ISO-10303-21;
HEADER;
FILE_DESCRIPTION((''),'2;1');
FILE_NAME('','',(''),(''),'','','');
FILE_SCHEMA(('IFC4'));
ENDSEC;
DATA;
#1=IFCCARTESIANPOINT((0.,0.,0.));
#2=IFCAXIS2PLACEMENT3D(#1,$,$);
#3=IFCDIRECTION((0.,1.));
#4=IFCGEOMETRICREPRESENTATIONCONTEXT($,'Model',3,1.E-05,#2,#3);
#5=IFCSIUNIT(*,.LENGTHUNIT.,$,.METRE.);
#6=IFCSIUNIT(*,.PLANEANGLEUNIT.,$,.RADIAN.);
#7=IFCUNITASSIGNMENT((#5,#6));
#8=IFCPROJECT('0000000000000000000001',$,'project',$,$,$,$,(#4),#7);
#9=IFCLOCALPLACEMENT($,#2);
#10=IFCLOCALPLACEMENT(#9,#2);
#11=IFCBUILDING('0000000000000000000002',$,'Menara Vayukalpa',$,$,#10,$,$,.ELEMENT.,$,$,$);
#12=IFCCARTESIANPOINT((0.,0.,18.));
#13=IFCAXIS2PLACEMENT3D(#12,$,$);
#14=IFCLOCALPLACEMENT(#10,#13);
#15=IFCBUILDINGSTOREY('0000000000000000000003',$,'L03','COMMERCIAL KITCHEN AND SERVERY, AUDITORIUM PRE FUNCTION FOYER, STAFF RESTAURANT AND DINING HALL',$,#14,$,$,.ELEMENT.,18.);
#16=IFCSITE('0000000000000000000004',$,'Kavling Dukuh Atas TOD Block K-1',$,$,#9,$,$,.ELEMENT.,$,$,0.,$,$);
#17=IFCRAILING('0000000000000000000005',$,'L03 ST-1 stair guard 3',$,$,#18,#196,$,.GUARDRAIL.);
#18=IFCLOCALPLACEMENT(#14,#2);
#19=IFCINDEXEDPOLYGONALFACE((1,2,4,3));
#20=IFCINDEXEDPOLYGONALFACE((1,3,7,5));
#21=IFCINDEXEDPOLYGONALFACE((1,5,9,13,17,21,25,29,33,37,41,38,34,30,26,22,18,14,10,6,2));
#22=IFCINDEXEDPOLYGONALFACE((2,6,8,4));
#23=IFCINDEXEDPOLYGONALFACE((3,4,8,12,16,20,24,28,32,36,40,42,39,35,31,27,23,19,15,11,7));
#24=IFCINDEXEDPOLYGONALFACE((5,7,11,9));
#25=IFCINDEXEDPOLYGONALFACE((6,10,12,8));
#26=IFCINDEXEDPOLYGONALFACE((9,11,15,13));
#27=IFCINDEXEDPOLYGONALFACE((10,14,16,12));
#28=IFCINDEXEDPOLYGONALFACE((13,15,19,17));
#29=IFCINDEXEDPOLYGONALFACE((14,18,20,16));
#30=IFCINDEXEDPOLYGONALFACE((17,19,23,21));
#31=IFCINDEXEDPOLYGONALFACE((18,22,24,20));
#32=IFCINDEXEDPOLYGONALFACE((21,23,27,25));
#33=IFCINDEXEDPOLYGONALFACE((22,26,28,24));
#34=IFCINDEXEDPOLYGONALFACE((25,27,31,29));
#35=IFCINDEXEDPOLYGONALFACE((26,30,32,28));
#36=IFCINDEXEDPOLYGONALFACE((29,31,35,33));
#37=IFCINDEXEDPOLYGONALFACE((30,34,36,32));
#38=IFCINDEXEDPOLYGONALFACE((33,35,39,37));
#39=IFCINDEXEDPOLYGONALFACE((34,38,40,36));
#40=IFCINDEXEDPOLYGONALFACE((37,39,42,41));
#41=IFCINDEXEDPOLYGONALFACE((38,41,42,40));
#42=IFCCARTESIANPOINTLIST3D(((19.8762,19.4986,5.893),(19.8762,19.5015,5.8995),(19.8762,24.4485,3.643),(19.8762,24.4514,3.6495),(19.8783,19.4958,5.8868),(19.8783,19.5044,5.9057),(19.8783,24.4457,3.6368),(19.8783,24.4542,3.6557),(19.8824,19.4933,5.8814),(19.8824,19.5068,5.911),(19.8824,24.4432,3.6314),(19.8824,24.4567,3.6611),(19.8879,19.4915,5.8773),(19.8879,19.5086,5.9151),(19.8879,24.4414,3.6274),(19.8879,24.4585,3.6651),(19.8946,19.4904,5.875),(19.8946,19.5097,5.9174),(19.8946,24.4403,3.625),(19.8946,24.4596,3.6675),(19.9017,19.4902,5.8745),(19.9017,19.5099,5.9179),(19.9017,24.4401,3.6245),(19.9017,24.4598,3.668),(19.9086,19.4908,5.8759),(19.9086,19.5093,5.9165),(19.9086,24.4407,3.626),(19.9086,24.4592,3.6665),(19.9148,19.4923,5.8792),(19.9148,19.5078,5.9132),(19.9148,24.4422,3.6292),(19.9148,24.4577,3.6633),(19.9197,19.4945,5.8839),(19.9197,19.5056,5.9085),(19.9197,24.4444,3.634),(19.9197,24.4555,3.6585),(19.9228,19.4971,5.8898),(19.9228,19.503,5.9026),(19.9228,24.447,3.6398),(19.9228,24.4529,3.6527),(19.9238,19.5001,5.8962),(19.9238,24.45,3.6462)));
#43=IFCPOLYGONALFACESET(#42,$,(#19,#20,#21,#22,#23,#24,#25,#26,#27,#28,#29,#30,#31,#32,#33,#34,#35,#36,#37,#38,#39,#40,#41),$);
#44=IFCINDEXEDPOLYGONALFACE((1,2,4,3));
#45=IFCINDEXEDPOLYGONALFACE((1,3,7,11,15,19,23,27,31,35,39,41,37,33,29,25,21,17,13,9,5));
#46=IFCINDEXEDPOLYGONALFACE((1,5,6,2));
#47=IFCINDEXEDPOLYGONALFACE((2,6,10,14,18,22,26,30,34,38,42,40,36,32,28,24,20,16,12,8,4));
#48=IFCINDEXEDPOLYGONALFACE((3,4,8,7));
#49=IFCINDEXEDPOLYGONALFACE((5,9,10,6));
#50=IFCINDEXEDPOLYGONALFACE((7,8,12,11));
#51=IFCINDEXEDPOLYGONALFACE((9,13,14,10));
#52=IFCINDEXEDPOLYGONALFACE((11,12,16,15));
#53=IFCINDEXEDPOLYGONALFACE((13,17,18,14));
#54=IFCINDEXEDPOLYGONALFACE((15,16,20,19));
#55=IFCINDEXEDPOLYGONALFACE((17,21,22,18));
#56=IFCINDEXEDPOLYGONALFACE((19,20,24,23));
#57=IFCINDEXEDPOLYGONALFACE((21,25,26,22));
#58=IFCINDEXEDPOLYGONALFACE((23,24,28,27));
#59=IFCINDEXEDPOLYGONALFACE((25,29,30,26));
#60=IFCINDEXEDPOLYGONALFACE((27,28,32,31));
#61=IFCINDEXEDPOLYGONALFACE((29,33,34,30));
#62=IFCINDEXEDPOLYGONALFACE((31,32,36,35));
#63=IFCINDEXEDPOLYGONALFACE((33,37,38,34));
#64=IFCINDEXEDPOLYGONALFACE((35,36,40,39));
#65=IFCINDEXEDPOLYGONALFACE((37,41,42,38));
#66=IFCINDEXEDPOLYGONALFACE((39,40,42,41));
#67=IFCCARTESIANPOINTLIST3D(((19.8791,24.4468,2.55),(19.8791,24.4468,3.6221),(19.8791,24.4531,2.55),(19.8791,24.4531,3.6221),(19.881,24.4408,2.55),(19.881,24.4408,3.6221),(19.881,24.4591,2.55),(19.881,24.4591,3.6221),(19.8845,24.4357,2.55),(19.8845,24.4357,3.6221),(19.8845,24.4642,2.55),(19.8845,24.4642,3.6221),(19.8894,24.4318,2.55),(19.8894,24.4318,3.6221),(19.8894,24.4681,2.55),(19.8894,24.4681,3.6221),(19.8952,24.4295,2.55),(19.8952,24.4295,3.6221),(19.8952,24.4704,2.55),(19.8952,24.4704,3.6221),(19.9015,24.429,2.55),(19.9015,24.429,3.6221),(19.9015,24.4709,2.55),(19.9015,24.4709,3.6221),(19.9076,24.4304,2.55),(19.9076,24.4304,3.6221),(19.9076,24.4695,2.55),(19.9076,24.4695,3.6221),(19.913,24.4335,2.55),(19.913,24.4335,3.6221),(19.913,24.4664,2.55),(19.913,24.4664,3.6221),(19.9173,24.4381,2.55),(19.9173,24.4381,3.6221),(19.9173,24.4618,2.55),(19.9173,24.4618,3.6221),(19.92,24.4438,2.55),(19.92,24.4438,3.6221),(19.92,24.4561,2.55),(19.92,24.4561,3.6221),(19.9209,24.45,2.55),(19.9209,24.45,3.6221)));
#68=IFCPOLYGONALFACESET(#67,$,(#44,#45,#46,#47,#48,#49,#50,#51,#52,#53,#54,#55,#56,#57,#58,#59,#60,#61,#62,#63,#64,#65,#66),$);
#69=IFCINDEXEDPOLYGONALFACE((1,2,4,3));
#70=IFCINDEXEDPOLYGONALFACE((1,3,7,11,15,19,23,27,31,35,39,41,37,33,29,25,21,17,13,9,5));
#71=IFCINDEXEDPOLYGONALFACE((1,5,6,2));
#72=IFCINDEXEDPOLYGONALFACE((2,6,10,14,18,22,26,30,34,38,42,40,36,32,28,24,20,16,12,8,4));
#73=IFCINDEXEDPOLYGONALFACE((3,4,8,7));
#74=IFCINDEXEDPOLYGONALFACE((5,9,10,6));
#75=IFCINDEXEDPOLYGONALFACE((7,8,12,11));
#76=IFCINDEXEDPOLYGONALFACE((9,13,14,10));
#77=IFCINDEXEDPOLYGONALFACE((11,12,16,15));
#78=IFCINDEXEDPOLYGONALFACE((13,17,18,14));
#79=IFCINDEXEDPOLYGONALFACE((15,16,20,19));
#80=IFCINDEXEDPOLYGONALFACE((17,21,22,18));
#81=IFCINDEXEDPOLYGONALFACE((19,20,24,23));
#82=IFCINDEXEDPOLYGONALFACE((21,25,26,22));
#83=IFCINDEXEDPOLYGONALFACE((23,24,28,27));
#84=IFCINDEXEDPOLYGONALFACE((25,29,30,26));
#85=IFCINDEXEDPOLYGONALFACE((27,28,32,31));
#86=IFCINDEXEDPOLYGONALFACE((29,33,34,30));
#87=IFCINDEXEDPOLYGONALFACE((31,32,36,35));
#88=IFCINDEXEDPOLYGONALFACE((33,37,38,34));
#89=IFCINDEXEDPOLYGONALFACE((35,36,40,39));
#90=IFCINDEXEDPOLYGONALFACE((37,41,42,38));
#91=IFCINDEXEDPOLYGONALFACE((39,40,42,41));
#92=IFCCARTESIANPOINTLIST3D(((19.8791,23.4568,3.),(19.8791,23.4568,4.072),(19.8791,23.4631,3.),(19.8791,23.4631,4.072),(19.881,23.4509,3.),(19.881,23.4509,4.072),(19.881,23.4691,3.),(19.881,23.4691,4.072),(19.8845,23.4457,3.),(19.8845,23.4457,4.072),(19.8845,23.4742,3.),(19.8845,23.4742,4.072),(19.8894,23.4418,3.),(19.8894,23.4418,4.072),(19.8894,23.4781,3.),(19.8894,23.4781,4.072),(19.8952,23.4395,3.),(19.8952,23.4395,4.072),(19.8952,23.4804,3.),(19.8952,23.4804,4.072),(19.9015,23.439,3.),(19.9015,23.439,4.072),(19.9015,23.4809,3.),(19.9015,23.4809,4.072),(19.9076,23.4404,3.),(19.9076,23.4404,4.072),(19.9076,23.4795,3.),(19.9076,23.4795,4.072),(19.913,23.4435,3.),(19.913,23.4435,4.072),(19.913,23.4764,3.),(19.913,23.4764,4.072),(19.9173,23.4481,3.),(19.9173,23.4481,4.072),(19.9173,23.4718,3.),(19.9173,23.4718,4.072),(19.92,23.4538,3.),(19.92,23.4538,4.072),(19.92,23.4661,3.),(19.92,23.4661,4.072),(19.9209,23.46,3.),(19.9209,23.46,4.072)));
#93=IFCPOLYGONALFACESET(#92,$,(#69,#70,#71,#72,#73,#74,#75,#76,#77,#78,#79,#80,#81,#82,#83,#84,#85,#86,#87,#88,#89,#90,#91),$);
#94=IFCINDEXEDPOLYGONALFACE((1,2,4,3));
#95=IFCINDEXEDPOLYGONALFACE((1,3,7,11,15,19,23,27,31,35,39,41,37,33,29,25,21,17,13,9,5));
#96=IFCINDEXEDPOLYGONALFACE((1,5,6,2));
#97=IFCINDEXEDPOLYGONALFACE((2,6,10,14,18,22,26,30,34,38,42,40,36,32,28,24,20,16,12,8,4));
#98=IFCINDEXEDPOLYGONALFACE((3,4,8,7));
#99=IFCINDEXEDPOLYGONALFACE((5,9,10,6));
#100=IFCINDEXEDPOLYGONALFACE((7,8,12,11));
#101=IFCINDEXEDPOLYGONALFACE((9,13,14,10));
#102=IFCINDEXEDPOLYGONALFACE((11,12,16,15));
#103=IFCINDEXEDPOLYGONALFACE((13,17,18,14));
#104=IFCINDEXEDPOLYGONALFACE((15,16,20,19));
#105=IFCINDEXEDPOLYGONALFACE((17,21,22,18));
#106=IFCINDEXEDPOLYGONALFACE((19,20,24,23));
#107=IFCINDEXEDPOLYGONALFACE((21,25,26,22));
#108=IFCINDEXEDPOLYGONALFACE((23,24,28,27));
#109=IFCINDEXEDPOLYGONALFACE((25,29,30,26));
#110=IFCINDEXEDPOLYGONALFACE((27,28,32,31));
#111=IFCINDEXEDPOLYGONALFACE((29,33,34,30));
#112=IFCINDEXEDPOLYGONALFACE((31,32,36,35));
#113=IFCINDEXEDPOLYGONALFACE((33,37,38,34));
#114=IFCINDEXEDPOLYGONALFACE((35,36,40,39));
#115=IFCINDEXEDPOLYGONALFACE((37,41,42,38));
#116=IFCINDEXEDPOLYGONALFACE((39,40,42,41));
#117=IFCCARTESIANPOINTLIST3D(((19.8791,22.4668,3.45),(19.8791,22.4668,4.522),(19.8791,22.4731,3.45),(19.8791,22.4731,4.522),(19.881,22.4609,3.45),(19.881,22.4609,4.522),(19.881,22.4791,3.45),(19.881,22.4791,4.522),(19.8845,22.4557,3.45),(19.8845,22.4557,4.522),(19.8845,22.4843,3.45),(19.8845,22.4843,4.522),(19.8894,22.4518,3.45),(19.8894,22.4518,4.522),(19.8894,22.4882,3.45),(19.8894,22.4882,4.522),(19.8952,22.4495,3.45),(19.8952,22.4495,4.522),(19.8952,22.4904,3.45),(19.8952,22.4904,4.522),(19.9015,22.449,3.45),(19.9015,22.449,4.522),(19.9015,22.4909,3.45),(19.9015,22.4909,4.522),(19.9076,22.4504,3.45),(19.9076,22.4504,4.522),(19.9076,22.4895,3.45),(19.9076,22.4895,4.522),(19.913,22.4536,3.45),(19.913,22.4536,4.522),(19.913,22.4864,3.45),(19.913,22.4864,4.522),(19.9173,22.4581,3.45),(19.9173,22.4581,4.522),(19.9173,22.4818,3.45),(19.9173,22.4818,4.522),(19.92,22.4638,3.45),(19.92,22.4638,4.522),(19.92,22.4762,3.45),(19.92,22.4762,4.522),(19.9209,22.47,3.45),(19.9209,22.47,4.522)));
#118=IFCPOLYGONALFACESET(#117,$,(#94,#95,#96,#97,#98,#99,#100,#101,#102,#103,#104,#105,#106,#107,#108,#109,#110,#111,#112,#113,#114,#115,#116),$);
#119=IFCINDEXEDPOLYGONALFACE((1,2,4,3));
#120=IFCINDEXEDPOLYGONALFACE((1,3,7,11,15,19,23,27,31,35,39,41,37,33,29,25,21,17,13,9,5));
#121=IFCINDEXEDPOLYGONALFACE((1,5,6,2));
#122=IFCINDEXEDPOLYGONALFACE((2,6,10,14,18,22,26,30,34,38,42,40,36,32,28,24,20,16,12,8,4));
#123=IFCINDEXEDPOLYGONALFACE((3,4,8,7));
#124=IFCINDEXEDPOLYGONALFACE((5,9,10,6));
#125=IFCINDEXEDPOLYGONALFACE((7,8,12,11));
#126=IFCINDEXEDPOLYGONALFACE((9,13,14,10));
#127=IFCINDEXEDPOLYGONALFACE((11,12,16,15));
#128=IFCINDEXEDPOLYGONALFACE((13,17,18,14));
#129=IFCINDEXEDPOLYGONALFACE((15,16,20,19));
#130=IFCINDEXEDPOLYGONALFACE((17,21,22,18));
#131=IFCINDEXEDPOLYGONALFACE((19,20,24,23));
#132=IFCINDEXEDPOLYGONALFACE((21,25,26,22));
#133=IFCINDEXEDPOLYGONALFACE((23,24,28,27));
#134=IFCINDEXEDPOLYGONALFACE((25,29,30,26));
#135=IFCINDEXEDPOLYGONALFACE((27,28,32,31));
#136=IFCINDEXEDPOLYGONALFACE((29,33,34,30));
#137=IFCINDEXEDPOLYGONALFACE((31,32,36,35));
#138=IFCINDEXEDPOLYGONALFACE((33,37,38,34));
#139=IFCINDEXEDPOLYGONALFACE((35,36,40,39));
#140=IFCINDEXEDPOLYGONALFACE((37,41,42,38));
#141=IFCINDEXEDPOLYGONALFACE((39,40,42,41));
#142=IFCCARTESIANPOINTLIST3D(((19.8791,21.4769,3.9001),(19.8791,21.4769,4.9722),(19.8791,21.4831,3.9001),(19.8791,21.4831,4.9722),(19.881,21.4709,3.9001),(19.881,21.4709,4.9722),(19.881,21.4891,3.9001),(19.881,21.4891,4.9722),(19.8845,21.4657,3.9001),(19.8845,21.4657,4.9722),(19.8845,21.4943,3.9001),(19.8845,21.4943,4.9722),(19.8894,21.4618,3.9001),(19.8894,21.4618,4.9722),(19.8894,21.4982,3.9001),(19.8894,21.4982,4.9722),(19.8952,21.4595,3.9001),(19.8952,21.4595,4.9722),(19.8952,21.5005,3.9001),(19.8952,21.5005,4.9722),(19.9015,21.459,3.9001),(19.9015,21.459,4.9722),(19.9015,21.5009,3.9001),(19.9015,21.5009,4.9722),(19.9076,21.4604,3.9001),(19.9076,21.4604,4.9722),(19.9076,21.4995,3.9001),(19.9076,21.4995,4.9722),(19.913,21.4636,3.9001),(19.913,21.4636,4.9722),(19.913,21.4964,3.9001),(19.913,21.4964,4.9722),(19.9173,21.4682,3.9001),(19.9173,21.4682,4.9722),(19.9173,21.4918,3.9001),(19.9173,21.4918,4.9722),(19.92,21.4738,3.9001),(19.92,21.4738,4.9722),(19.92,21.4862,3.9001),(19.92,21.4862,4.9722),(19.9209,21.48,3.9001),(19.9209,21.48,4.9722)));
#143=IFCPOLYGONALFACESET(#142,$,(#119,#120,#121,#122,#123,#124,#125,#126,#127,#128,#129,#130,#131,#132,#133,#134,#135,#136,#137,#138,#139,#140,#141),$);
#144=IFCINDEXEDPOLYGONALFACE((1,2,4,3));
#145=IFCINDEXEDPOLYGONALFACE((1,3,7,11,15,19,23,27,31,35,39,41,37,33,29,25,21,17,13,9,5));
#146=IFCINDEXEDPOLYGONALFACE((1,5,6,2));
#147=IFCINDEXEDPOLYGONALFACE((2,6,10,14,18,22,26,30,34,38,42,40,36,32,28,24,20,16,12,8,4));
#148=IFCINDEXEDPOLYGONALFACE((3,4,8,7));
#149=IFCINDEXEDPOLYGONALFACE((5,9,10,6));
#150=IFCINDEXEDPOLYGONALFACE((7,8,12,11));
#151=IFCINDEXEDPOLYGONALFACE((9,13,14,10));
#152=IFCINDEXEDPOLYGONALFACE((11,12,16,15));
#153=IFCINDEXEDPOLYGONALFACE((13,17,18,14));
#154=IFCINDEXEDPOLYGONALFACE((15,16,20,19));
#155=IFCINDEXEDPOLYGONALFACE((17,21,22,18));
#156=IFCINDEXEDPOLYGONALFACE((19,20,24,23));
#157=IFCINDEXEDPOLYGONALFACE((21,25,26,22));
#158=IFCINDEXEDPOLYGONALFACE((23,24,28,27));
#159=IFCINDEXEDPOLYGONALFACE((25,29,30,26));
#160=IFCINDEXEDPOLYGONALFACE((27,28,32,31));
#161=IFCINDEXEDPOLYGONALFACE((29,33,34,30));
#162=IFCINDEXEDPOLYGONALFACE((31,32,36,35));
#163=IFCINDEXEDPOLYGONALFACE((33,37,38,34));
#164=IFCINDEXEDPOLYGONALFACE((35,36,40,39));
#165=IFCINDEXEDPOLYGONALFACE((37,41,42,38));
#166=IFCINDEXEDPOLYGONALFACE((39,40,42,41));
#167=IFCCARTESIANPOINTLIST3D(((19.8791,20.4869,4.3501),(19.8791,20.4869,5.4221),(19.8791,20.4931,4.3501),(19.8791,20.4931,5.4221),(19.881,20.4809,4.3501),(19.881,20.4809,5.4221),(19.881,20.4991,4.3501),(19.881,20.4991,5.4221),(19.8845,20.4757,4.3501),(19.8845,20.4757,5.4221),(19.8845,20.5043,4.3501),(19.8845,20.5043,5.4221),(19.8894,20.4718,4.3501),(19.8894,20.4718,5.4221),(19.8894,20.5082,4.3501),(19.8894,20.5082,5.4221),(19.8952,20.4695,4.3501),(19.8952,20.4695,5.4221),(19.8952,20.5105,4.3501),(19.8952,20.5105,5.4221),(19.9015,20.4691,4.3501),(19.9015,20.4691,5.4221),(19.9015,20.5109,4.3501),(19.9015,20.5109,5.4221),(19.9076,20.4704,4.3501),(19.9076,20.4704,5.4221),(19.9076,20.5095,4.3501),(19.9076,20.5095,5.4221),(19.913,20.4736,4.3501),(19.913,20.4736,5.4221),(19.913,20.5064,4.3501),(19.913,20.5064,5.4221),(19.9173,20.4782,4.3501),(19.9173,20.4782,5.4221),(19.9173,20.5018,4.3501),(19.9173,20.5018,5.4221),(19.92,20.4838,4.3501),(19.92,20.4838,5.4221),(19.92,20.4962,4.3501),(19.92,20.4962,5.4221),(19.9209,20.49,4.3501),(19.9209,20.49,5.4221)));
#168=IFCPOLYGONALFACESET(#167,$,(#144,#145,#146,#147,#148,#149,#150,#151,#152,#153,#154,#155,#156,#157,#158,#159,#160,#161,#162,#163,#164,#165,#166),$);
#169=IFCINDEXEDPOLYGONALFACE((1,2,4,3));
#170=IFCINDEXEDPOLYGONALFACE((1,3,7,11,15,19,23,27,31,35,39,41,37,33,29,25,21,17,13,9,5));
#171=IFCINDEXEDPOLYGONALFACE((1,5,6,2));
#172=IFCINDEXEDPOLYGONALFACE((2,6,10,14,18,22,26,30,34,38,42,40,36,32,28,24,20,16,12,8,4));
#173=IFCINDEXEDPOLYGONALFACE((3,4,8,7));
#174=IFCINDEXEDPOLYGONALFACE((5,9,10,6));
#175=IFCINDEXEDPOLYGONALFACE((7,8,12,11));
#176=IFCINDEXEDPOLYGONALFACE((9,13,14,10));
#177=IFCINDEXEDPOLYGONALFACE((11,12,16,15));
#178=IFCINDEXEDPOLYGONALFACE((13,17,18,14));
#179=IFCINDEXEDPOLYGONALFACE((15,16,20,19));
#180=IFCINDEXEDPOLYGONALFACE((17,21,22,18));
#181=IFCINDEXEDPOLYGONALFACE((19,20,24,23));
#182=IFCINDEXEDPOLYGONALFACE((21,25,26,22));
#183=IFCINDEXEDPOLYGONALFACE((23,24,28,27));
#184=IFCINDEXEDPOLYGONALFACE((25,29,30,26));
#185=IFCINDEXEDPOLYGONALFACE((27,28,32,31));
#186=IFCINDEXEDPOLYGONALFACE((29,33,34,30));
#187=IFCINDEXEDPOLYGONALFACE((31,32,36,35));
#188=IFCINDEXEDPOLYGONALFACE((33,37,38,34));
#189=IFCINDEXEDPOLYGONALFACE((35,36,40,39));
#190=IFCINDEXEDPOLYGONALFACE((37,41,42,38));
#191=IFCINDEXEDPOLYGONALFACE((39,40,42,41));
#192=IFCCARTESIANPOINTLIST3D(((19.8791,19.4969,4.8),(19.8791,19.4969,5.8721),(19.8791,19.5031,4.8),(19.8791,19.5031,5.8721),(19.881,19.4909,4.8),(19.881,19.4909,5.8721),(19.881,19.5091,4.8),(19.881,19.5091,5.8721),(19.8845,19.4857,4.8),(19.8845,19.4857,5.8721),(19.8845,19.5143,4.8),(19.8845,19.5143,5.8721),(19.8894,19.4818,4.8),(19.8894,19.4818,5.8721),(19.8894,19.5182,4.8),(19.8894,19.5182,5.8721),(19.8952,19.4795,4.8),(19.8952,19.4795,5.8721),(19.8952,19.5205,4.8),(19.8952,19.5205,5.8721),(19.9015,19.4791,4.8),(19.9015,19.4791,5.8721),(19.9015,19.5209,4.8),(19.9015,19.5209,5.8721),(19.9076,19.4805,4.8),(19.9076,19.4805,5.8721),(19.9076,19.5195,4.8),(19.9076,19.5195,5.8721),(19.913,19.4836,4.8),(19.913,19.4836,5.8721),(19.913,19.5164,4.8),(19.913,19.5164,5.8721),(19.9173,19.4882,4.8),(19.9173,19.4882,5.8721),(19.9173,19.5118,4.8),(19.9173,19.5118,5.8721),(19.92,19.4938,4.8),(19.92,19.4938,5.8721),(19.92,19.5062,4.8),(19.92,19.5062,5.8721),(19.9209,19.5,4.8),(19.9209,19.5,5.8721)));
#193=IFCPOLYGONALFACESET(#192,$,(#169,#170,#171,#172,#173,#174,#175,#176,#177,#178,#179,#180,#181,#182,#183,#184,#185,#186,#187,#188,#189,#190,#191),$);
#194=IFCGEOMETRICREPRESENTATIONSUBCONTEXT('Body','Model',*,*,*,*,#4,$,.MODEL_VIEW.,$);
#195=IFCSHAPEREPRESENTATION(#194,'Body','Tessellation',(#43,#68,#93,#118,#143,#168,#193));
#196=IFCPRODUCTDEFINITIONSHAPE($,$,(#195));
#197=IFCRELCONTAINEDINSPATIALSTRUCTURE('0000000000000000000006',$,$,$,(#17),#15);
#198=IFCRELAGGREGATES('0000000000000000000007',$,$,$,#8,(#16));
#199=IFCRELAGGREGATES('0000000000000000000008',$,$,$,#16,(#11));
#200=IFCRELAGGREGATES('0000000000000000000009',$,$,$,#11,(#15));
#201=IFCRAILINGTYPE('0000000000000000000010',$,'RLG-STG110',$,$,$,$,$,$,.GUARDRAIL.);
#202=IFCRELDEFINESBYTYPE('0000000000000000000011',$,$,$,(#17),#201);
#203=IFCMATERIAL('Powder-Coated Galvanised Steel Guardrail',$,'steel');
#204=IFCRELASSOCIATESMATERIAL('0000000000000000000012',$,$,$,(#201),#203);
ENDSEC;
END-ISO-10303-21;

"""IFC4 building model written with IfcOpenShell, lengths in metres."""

from ifc_helpers import new_model, si_unit, direction, frame, origin, origin_2d, place, context, subcontext, project, spatial, circle, extrude, material, type_object, element, save


model = new_model("IFC4")

# Units and contexts
model_context = context("Model", 3, precision=1e-05, world=origin(), true_north=direction((0.0, 1.0)))
body_context = subcontext(model_context, "Body", "Model", "MODEL_VIEW")
ifc_project = project(units=[si_unit("LENGTHUNIT", "METRE"), si_unit("PLANEANGLEUNIT", "RADIAN")], contexts=[model_context])

# Site, building, storey
site_placement = place(None, origin())
site = spatial("IfcSite", under=ifc_project, at=site_placement, Name="Kavling Dukuh Atas TOD Block K-1", CompositionType="ELEMENT", RefElevation=0.0)
building_placement = place(site_placement, origin())
building = spatial("IfcBuilding", under=site, at=building_placement, Name="Menara Vayukalpa", CompositionType="ELEMENT")
storey_placement = place(building_placement, frame((0.0, 0.0, 18.0)))
storey = spatial("IfcBuildingStorey", under=building, at=storey_placement, Name="L03", Description="COMMERCIAL KITCHEN AND SERVERY, AUDITORIUM PRE FUNCTION FOYER, STAFF RESTAURANT AND DINING HALL", CompositionType="ELEMENT", Elevation=18.0)

# Railing
ifc_material_1 = material(Name="Powder-Coated Galvanised Steel Guardrail", Category="steel")
railing_type_1 = type_object("IfcRailingType", Name="RLG-STG110", PredefinedType="GUARDRAIL", material=ifc_material_1)
railing_1_placement = place(storey_placement, frame((19.8999, 24.45, 2.55)))
element("IfcRailing", 1, at=railing_1_placement, inside=storey, type_object=railing_type_1, Name="L03 ST-1 stair guard 3", PredefinedType="GUARDRAIL", context=body_context, shape_type="SweptSolid", body=[
    extrude(circle(Radius=0.0239, at=origin_2d()), frame((0.0, 0.0, 1.0962), z_axis=(0.0, -0.910365, 0.413806), x_axis=(1.0, 0.0, 0.0)), (0.0, 0.0, 1.0), 5.4373),
    extrude(circle(Radius=0.021, at=origin_2d()), origin(), (0.0, 0.0, 1.0), 1.072),
    extrude(circle(Radius=0.021, at=origin_2d()), frame((0.0, -0.99, 0.45)), (0.0, 0.0, 1.0), 1.072),
    extrude(circle(Radius=0.021, at=origin_2d()), frame((0.0, -1.98, 0.8999)), (0.0, 0.0, 1.0), 1.072),
    extrude(circle(Radius=0.021, at=origin_2d()), frame((0.0, -2.97, 1.3501)), (0.0, 0.0, 1.0), 1.072),
    extrude(circle(Radius=0.021, at=origin_2d()), frame((0.0, -3.96, 1.8)), (0.0, 0.0, 1.0), 1.072),
    extrude(circle(Radius=0.021, at=origin_2d()), frame((0.0, -4.95, 2.25)), (0.0, 0.0, 1.0), 1.072),
])

save(model, "model.ifc")
